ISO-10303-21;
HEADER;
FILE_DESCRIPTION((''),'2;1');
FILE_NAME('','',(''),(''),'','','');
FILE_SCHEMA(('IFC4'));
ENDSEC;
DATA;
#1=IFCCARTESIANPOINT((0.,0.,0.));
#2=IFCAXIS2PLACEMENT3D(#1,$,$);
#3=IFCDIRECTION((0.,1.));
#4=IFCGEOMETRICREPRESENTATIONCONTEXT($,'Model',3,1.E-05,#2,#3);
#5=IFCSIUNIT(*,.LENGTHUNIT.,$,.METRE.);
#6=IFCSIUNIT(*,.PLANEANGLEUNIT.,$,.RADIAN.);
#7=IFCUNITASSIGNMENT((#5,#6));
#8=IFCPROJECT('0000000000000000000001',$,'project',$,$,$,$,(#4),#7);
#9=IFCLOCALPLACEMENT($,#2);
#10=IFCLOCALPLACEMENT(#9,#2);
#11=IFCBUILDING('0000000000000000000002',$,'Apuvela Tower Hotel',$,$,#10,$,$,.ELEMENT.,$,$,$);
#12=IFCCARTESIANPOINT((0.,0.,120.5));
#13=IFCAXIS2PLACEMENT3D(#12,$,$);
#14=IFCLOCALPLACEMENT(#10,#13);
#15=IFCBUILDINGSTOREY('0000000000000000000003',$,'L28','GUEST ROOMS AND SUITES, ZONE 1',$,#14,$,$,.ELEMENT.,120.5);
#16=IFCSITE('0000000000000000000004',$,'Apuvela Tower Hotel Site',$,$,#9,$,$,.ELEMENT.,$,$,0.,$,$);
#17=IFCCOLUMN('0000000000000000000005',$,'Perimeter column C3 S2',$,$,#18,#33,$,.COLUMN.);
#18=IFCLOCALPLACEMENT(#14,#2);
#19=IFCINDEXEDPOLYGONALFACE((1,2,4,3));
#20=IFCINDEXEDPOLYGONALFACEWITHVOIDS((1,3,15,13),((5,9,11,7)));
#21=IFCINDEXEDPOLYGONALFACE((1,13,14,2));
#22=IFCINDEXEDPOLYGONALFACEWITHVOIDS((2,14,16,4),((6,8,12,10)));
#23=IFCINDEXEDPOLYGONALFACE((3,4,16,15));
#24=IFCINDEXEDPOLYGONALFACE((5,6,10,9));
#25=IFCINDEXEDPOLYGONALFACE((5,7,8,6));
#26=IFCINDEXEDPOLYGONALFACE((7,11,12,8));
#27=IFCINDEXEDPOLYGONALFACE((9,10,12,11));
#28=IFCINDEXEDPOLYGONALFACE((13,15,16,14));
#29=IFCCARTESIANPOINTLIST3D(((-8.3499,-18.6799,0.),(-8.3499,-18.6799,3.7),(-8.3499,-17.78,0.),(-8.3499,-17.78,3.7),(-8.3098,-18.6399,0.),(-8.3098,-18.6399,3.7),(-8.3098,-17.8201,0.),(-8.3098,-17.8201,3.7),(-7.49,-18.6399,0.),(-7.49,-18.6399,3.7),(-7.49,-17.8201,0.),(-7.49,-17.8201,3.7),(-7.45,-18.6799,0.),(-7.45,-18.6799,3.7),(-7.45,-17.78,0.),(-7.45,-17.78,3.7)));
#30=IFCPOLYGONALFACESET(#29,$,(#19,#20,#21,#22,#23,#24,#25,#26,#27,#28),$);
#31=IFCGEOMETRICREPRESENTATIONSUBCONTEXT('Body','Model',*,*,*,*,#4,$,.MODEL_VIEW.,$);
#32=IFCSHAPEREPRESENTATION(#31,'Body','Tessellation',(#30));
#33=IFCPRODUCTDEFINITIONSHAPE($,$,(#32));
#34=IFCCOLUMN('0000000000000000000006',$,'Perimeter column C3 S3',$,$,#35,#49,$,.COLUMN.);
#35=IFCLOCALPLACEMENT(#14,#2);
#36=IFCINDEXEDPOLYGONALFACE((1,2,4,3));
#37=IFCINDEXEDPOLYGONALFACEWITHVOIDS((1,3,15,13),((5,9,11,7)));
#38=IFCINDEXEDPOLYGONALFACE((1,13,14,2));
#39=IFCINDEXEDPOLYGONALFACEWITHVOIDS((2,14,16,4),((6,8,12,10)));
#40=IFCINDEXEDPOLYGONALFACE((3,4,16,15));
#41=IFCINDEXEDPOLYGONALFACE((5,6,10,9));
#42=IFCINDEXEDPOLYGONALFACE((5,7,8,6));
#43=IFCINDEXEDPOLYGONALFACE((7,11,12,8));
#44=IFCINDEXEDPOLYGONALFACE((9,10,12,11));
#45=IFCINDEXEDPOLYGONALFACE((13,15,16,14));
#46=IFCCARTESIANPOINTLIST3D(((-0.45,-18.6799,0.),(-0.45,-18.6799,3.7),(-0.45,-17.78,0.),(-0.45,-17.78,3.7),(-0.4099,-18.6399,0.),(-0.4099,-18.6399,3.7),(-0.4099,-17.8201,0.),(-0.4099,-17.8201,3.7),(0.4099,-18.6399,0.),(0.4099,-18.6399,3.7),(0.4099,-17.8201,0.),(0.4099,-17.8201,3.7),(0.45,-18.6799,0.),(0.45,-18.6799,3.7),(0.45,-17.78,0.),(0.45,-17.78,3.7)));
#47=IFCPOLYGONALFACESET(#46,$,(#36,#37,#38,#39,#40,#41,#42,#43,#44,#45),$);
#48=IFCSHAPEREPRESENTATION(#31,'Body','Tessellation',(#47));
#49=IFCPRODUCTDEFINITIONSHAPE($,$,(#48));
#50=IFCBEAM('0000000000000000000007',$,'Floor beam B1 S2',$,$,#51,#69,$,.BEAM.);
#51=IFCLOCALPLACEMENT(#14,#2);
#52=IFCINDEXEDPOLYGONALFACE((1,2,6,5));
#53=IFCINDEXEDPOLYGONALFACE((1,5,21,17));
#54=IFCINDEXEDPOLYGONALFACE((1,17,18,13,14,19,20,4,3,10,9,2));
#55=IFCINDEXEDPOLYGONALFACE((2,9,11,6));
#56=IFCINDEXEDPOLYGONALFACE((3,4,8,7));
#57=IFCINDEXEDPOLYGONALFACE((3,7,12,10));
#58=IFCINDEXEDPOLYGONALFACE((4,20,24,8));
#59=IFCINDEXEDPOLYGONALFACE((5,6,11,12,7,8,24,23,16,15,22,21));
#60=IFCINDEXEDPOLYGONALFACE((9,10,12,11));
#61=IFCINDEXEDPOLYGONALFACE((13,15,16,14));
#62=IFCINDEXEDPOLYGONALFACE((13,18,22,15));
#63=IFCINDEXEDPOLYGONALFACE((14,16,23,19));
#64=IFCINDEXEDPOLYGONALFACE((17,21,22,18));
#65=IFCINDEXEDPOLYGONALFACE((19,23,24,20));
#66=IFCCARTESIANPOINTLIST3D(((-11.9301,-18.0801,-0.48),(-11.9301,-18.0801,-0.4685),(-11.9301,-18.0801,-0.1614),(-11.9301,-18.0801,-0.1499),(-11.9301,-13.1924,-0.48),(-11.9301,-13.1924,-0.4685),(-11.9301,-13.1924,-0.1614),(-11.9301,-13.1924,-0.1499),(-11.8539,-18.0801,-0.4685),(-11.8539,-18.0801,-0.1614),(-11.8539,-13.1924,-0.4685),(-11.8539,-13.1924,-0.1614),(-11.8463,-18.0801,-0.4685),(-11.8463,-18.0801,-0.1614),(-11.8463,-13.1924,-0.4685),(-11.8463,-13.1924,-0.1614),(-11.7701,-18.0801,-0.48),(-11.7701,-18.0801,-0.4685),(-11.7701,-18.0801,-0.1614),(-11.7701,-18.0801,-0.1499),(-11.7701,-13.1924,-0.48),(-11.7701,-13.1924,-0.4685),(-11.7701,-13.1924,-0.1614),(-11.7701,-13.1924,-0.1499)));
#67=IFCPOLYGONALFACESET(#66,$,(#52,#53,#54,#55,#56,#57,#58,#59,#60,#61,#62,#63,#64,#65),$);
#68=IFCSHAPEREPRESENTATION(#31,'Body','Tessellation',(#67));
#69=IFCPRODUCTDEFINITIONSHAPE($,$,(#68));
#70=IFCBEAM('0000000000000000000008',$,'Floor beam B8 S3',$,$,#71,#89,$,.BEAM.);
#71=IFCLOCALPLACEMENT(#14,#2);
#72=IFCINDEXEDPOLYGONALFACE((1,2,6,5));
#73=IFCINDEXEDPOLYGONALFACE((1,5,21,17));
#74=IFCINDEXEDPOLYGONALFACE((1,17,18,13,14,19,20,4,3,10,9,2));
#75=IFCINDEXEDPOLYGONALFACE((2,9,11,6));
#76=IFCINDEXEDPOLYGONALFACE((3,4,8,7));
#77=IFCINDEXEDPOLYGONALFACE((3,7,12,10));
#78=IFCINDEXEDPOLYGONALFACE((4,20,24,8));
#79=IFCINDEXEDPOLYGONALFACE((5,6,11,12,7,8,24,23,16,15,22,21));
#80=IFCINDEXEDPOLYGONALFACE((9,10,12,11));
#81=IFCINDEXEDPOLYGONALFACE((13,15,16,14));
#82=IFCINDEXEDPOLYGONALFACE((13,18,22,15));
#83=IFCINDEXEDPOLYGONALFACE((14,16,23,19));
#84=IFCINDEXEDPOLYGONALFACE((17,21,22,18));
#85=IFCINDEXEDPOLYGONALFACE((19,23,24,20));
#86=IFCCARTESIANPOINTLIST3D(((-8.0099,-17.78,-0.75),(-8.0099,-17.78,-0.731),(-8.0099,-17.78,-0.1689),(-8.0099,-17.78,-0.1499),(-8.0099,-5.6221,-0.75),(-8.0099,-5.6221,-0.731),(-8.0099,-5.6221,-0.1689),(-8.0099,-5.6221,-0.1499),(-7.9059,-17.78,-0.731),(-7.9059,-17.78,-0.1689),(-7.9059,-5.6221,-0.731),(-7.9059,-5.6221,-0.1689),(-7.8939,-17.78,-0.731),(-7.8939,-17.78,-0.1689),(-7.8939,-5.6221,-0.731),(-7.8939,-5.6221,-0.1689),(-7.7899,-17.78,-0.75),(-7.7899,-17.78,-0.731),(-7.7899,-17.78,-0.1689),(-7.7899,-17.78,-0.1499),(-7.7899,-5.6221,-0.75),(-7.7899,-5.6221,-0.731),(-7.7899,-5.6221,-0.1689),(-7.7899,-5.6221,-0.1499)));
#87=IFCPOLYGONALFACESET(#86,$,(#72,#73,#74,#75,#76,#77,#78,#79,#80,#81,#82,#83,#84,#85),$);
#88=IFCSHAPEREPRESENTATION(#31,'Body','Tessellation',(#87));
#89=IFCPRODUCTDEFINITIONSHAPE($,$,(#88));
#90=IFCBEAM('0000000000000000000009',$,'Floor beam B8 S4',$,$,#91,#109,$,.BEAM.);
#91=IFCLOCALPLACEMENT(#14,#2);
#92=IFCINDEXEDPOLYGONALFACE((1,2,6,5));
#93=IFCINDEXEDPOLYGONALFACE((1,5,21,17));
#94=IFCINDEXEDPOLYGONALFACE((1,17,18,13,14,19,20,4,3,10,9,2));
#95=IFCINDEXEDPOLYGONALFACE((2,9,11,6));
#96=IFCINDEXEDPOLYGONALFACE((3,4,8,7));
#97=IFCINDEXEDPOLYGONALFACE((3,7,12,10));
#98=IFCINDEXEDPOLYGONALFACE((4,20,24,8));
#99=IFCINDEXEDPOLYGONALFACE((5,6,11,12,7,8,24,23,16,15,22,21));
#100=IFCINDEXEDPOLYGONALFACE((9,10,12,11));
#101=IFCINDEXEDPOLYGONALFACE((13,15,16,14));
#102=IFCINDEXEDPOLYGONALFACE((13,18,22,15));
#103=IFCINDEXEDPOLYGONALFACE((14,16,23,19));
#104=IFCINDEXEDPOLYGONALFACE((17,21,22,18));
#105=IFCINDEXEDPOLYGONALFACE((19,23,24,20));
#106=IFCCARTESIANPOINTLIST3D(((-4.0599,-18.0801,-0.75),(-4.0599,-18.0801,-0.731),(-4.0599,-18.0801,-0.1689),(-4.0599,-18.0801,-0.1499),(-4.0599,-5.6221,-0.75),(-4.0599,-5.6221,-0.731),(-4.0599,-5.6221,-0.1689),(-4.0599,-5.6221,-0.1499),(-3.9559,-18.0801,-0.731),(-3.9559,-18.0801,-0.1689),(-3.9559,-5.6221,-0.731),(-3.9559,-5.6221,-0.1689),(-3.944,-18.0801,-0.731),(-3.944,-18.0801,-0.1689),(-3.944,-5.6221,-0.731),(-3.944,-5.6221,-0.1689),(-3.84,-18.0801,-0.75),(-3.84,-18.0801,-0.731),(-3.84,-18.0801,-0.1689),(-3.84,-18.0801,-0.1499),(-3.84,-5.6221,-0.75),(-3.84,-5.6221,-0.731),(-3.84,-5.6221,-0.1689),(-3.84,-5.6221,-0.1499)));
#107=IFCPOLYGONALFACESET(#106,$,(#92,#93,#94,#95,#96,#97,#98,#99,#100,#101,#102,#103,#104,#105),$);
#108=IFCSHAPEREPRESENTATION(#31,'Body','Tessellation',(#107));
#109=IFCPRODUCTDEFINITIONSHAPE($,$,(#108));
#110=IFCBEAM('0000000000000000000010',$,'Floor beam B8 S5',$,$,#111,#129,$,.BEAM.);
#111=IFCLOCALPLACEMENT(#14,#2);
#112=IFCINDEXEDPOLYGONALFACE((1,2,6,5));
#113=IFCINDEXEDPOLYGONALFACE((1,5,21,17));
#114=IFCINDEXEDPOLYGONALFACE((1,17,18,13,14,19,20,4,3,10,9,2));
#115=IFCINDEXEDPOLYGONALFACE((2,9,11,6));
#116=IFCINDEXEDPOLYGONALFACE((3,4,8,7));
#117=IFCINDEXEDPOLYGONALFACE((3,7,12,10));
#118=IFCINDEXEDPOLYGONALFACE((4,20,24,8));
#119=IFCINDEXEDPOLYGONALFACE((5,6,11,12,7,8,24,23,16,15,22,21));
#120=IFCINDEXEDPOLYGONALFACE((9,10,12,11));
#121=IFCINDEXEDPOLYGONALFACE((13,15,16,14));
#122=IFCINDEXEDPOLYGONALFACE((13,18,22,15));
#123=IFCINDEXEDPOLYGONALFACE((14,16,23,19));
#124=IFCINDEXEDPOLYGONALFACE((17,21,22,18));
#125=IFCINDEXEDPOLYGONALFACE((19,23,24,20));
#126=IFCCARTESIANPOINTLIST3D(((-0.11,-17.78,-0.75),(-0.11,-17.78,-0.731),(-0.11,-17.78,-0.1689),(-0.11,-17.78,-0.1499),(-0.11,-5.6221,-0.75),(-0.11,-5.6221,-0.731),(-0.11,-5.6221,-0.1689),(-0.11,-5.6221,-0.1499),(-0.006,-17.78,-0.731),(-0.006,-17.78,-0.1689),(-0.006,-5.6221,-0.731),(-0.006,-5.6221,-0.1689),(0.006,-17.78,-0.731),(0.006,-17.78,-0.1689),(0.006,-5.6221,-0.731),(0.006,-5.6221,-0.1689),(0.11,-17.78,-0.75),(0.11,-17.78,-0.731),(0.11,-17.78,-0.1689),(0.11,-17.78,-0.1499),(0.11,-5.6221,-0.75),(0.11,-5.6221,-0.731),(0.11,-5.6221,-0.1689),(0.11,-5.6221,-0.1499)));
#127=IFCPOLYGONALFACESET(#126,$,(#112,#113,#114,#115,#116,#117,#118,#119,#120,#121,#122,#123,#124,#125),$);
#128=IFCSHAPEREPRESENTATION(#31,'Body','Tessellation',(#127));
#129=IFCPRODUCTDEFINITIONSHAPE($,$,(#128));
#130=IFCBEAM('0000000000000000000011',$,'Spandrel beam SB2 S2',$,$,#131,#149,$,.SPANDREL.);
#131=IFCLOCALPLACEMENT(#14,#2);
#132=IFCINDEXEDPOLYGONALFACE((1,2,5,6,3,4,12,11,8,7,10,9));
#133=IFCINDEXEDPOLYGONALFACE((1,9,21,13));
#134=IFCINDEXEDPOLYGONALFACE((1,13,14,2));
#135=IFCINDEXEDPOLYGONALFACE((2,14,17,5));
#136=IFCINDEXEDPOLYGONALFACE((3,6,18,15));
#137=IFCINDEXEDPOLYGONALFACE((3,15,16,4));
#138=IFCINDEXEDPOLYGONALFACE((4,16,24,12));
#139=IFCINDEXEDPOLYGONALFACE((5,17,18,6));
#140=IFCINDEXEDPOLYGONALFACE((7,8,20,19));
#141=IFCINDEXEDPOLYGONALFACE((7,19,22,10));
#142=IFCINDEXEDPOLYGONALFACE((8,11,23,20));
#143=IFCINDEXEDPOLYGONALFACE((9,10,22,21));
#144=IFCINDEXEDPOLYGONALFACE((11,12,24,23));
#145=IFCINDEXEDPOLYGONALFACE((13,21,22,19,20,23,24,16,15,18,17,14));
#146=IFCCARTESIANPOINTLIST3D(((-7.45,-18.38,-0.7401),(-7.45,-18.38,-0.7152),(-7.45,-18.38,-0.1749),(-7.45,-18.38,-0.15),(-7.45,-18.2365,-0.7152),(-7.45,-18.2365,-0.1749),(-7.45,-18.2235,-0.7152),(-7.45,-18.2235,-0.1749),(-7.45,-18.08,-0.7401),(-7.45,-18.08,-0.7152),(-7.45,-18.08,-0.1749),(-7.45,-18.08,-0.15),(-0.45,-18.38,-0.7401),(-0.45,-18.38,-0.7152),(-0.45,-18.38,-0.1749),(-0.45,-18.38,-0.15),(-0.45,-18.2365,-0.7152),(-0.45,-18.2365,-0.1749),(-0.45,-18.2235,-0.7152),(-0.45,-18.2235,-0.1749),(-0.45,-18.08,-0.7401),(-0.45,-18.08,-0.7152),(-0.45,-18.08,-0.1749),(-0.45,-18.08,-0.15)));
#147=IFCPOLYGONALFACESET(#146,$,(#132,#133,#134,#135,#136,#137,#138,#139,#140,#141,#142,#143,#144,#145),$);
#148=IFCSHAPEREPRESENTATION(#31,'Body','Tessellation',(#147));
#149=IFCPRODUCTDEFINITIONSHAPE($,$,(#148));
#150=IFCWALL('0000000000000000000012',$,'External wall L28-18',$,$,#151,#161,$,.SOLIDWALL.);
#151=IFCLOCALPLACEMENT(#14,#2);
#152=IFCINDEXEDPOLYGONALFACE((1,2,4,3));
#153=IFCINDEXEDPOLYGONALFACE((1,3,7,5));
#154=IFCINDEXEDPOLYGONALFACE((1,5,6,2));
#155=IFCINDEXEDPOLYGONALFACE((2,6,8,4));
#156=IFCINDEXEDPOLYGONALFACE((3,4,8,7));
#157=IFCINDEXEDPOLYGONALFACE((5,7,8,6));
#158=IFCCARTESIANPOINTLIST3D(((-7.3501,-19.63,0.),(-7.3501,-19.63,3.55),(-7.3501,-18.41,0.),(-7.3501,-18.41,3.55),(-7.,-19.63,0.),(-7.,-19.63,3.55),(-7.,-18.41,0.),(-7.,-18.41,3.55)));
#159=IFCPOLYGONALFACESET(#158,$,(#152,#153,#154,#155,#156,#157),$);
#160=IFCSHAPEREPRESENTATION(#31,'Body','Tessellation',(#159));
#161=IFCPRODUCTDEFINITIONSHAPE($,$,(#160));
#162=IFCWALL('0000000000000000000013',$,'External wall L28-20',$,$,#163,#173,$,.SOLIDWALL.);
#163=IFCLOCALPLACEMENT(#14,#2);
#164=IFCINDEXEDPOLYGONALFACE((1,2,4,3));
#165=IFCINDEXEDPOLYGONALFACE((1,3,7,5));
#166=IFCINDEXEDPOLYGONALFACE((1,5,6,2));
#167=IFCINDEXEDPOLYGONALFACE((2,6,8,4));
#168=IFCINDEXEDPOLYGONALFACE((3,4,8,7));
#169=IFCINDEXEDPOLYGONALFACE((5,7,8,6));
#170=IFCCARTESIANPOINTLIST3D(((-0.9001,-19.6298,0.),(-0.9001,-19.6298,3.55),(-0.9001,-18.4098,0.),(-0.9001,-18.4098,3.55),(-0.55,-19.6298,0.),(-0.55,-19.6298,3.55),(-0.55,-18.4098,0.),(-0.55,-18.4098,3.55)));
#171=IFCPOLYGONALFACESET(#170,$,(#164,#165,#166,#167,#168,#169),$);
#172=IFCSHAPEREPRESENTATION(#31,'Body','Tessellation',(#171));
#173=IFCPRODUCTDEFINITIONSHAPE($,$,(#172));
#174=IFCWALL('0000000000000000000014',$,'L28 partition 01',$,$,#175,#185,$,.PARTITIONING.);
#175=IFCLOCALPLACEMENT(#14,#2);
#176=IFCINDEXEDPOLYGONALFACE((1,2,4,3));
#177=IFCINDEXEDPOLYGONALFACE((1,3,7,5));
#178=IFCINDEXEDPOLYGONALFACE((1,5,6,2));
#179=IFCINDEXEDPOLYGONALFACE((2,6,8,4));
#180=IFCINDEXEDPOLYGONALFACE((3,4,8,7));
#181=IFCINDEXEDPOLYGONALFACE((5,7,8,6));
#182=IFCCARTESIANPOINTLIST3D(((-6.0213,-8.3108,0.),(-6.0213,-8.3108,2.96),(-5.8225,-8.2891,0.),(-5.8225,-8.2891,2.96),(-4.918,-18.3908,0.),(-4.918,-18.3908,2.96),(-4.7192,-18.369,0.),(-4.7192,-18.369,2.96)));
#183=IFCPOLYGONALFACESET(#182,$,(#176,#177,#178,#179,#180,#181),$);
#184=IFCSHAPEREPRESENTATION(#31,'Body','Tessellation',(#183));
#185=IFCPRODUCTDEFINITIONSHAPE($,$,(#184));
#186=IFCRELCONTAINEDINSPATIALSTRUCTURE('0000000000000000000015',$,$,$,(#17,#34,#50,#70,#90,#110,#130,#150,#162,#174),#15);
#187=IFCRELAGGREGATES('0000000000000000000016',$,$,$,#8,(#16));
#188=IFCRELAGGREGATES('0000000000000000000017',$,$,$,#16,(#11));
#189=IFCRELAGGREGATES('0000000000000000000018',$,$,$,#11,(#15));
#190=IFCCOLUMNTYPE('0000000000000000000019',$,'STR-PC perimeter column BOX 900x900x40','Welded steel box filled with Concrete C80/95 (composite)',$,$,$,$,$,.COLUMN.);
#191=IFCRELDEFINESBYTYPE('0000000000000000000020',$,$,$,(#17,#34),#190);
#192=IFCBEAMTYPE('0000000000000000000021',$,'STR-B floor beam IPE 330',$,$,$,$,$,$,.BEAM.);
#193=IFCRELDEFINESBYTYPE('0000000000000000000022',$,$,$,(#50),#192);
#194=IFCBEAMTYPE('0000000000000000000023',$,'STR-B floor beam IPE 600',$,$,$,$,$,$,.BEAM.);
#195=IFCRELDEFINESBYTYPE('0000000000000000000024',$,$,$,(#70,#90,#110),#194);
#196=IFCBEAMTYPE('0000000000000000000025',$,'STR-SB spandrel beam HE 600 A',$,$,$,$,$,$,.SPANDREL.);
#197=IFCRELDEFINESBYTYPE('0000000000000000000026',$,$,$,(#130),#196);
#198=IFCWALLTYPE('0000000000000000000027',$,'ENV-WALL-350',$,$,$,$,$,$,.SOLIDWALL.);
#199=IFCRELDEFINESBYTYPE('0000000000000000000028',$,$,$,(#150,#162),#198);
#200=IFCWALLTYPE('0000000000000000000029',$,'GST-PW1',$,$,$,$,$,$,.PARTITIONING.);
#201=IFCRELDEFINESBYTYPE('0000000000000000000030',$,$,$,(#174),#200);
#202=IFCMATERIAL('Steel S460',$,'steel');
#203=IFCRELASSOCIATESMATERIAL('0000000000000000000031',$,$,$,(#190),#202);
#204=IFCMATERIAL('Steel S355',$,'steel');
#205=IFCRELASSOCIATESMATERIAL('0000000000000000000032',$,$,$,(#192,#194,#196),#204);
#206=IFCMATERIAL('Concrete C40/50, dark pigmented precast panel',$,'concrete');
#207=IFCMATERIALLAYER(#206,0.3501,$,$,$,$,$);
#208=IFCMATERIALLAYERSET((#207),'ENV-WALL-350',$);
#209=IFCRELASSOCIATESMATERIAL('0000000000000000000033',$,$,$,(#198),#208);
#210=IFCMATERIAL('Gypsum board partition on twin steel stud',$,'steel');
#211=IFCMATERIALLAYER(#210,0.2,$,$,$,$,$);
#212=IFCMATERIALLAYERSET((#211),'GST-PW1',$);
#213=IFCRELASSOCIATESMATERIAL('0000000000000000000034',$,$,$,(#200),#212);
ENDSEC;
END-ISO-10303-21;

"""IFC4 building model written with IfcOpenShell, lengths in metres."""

from ifc_helpers import new_model, si_unit, direction, frame, frame_2d, origin, origin_2d, place, context, subcontext, project, spatial, rectangle, hollow_rectangle, i_section, extrude, material, layer, layer_set, material_profile, profile_set, type_object, element, save


model = new_model("IFC4")

# Units and contexts
model_context = context("Model", 3, precision=1e-05, world=origin(), true_north=direction((0.0, 1.0)))
body_context = subcontext(model_context, "Body", "Model", "MODEL_VIEW")
ifc_project = project(units=[si_unit("LENGTHUNIT", "METRE"), si_unit("PLANEANGLEUNIT", "RADIAN")], contexts=[model_context])

# Site, building, storey
site_placement = place(None, origin())
site = spatial("IfcSite", under=ifc_project, at=site_placement, Name="Apuvela Tower Hotel Site", CompositionType="ELEMENT", RefElevation=0.0)
building_placement = place(site_placement, origin())
building = spatial("IfcBuilding", under=site, at=building_placement, Name="Apuvela Tower Hotel", CompositionType="ELEMENT")
storey_placement = place(building_placement, frame((0.0, 0.0, 120.5)))
storey = spatial("IfcBuildingStorey", under=building, at=storey_placement, Name="L28", Description="GUEST ROOMS AND SUITES, ZONE 1", CompositionType="ELEMENT", Elevation=120.5)

# Columns
ifc_material_1 = material(Name="Steel S460", Category="steel")
ifc_material_profile_1 = material_profile(ifc_material_1, hollow_rectangle(XDim=0.8999, YDim=0.8999, WallThickness=0.04, at=origin_2d()), Name="BOX 900x900x40")
ifc_material_2 = material(Name="Concrete C80/95", Category="concrete")
ifc_material_profile_2 = material_profile(ifc_material_2, rectangle(XDim=0.8201, YDim=0.8201, at=origin_2d()), Name="Concrete C80/95 infill")
ifc_profile_set_1 = profile_set([ifc_material_profile_1, ifc_material_profile_2], Name="Steel S460")
column_type = type_object("IfcColumnType", Name="STR-PC perimeter column BOX 900x900x40", Description="Welded steel box filled with Concrete C80/95 (composite)", PredefinedType="COLUMN", material=ifc_profile_set_1)
for number, where, z_axis, x_axis, name in (
    (1, (-7.8999, -18.23, 0.0), (0.0, 0.0, 1.0), (-1.0, 0.0, 0.0), "Perimeter column C3 S2"),
    (2, (0.0, -18.23, 0.0), (0.0, 0.0, 1.0), (-1.0, 0.0, 0.0), "Perimeter column C3 S3"),
):
    element("IfcColumn", number, at=place(storey_placement, frame(where, z_axis=z_axis, x_axis=x_axis)), inside=storey, type_object=column_type, Name=name, PredefinedType="COLUMN", context=body_context, shape_type="SweptSolid", body=[
        extrude(hollow_rectangle(XDim=0.8999, YDim=0.8999, WallThickness=0.04, at=origin_2d()), origin(), (0.0, 0.0, 1.0), 3.7),
    ])

# Beams
ifc_material_3 = material(Name="Steel S355", Category="steel")
ifc_material_profile_3 = material_profile(ifc_material_3, i_section(OverallWidth=0.1599, OverallDepth=0.3301, WebThickness=0.0076, FlangeThickness=0.0115, at=origin_2d()), Name="IPE 330")
ifc_profile_set_2 = profile_set([ifc_material_profile_3], Name="Steel S355")
beam_type_1 = type_object("IfcBeamType", Name="STR-B floor beam IPE 330", PredefinedType="BEAM", material=ifc_profile_set_2)
beam_1_placement = place(storey_placement, frame((-11.8501, -18.0801, -0.3149), z_axis=(0.0, 1.0, 0.0), x_axis=(-1.0, 0.0, 0.0)))
element("IfcBeam", 3, at=beam_1_placement, inside=storey, type_object=beam_type_1, Name="Floor beam B1 S2", PredefinedType="BEAM", context=body_context, shape_type="SweptSolid", body=[
    extrude(i_section(OverallWidth=0.1599, OverallDepth=0.3301, WebThickness=0.0076, FlangeThickness=0.0115, at=origin_2d()), origin(), (0.0, 0.0, 1.0), 4.8877),
])
ifc_material_profile_4 = material_profile(ifc_material_3, i_section(OverallWidth=0.22, OverallDepth=0.6001, WebThickness=0.012, FlangeThickness=0.019, at=origin_2d()), Name="IPE 600")
ifc_profile_set_3 = profile_set([ifc_material_profile_4], Name="Steel S355")
beam_type_2 = type_object("IfcBeamType", Name="STR-B floor beam IPE 600", PredefinedType="BEAM", material=ifc_profile_set_3)
beam_2_placement = place(storey_placement, frame((-7.8999, -17.78, -0.45), z_axis=(0.0, 1.0, 0.0), x_axis=(-1.0, 0.0, 0.0)))
element("IfcBeam", 4, at=beam_2_placement, inside=storey, type_object=beam_type_2, Name="Floor beam B8 S3", PredefinedType="BEAM", context=body_context, shape_type="SweptSolid", body=[
    extrude(i_section(OverallWidth=0.22, OverallDepth=0.6001, WebThickness=0.012, FlangeThickness=0.019, at=origin_2d()), origin(), (0.0, 0.0, 1.0), 12.158),
])
beam_3_placement = place(storey_placement, frame((-3.95, -18.0801, -0.45), z_axis=(0.0, 1.0, 0.0), x_axis=(-1.0, 0.0, 0.0)))
element("IfcBeam", 5, at=beam_3_placement, inside=storey, type_object=beam_type_2, Name="Floor beam B8 S4", PredefinedType="BEAM", context=body_context, shape_type="SweptSolid", body=[
    extrude(i_section(OverallWidth=0.22, OverallDepth=0.6001, WebThickness=0.012, FlangeThickness=0.019, at=origin_2d()), origin(), (0.0, 0.0, 1.0), 12.458),
])
beam_4_placement = place(storey_placement, frame((0.0, -17.78, -0.45), z_axis=(0.0, 1.0, 0.0), x_axis=(-1.0, 0.0, 0.0)))
element("IfcBeam", 6, at=beam_4_placement, inside=storey, type_object=beam_type_2, Name="Floor beam B8 S5", PredefinedType="BEAM", context=body_context, shape_type="SweptSolid", body=[
    extrude(i_section(OverallWidth=0.22, OverallDepth=0.6001, WebThickness=0.012, FlangeThickness=0.019, at=origin_2d()), origin(), (0.0, 0.0, 1.0), 12.158),
])
ifc_material_profile_5 = material_profile(ifc_material_3, i_section(OverallWidth=0.3, OverallDepth=0.5901, WebThickness=0.0129, FlangeThickness=0.0249, at=origin_2d()), Name="HE 600 A")
ifc_profile_set_4 = profile_set([ifc_material_profile_5], Name="Steel S355")
beam_type_3 = type_object("IfcBeamType", Name="STR-SB spandrel beam HE 600 A", PredefinedType="SPANDREL", material=ifc_profile_set_4)
beam_5_placement = place(storey_placement, frame((-7.45, -18.23, -0.4451), z_axis=(1.0, 0.0, 0.0), x_axis=(0.0, 1.0, 0.0)))
element("IfcBeam", 7, at=beam_5_placement, inside=storey, type_object=beam_type_3, Name="Spandrel beam SB2 S2", PredefinedType="SPANDREL", context=body_context, shape_type="SweptSolid", body=[
    extrude(i_section(OverallWidth=0.3, OverallDepth=0.5901, WebThickness=0.0129, FlangeThickness=0.0249, at=origin_2d()), origin(), (0.0, 0.0, 1.0), 7.0),
])

# Wall
ifc_material_4 = material(Name="Concrete C40/50, dark pigmented precast panel", Category="concrete")
ifc_layer_1 = layer(ifc_material_4, 0.3501)
ifc_layer_set_1 = layer_set([ifc_layer_1], Name="ENV-WALL-350")
wall_type_1 = type_object("IfcWallType", Name="ENV-WALL-350", PredefinedType="SOLIDWALL", material=ifc_layer_set_1)
wall_1_placement = place(storey_placement, frame((-7.175, -19.6299, 0.0), z_axis=(0.0, 0.0, 1.0), x_axis=(0.0, 1.0, 0.0)))
element("IfcWall", 8, at=wall_1_placement, inside=storey, type_object=wall_type_1, Name="External wall L28-18", PredefinedType="SOLIDWALL", context=body_context, shape_type="SweptSolid", body=[
    extrude(rectangle(XDim=1.22, YDim=0.3501, at=frame_2d((0.6099, 0.0))), origin(), (0.0, 0.0, 1.0), 3.55),
])

# Wall
wall_2_placement = place(storey_placement, frame((-0.7251, -18.4099, 0.0), z_axis=(0.0, 0.0, 1.0), x_axis=(0.0, -1.0, 0.0)))
element("IfcWall", 9, at=wall_2_placement, inside=storey, type_object=wall_type_1, Name="External wall L28-20", PredefinedType="SOLIDWALL", context=body_context, shape_type="SweptSolid", body=[
    extrude(rectangle(XDim=1.22, YDim=0.3501, at=frame_2d((0.6099, 0.0))), origin(), (0.0, 0.0, 1.0), 3.55),
])

# Wall
ifc_material_5 = material(Name="Gypsum board partition on twin steel stud", Category="steel")
ifc_layer_2 = layer(ifc_material_5, 0.2)
ifc_layer_set_2 = layer_set([ifc_layer_2], Name="GST-PW1")
wall_type_2 = type_object("IfcWallType", Name="GST-PW1", PredefinedType="PARTITIONING", material=ifc_layer_set_2)
wall_3_placement = place(storey_placement, frame((-4.8186, -18.3799, 0.0), z_axis=(0.0, 0.0, 1.0), x_axis=(-0.108804, 0.994063, 0.0)))
element("IfcWall", 10, at=wall_3_placement, inside=storey, type_object=wall_type_2, Name="L28 partition 01", PredefinedType="PARTITIONING", context=body_context, shape_type="SweptSolid", body=[
    extrude(rectangle(XDim=10.1401, YDim=0.2, at=frame_2d((5.0701, 0.0))), origin(), (0.0, 0.0, 1.0), 2.96),
])

save(model, "model.ifc")
